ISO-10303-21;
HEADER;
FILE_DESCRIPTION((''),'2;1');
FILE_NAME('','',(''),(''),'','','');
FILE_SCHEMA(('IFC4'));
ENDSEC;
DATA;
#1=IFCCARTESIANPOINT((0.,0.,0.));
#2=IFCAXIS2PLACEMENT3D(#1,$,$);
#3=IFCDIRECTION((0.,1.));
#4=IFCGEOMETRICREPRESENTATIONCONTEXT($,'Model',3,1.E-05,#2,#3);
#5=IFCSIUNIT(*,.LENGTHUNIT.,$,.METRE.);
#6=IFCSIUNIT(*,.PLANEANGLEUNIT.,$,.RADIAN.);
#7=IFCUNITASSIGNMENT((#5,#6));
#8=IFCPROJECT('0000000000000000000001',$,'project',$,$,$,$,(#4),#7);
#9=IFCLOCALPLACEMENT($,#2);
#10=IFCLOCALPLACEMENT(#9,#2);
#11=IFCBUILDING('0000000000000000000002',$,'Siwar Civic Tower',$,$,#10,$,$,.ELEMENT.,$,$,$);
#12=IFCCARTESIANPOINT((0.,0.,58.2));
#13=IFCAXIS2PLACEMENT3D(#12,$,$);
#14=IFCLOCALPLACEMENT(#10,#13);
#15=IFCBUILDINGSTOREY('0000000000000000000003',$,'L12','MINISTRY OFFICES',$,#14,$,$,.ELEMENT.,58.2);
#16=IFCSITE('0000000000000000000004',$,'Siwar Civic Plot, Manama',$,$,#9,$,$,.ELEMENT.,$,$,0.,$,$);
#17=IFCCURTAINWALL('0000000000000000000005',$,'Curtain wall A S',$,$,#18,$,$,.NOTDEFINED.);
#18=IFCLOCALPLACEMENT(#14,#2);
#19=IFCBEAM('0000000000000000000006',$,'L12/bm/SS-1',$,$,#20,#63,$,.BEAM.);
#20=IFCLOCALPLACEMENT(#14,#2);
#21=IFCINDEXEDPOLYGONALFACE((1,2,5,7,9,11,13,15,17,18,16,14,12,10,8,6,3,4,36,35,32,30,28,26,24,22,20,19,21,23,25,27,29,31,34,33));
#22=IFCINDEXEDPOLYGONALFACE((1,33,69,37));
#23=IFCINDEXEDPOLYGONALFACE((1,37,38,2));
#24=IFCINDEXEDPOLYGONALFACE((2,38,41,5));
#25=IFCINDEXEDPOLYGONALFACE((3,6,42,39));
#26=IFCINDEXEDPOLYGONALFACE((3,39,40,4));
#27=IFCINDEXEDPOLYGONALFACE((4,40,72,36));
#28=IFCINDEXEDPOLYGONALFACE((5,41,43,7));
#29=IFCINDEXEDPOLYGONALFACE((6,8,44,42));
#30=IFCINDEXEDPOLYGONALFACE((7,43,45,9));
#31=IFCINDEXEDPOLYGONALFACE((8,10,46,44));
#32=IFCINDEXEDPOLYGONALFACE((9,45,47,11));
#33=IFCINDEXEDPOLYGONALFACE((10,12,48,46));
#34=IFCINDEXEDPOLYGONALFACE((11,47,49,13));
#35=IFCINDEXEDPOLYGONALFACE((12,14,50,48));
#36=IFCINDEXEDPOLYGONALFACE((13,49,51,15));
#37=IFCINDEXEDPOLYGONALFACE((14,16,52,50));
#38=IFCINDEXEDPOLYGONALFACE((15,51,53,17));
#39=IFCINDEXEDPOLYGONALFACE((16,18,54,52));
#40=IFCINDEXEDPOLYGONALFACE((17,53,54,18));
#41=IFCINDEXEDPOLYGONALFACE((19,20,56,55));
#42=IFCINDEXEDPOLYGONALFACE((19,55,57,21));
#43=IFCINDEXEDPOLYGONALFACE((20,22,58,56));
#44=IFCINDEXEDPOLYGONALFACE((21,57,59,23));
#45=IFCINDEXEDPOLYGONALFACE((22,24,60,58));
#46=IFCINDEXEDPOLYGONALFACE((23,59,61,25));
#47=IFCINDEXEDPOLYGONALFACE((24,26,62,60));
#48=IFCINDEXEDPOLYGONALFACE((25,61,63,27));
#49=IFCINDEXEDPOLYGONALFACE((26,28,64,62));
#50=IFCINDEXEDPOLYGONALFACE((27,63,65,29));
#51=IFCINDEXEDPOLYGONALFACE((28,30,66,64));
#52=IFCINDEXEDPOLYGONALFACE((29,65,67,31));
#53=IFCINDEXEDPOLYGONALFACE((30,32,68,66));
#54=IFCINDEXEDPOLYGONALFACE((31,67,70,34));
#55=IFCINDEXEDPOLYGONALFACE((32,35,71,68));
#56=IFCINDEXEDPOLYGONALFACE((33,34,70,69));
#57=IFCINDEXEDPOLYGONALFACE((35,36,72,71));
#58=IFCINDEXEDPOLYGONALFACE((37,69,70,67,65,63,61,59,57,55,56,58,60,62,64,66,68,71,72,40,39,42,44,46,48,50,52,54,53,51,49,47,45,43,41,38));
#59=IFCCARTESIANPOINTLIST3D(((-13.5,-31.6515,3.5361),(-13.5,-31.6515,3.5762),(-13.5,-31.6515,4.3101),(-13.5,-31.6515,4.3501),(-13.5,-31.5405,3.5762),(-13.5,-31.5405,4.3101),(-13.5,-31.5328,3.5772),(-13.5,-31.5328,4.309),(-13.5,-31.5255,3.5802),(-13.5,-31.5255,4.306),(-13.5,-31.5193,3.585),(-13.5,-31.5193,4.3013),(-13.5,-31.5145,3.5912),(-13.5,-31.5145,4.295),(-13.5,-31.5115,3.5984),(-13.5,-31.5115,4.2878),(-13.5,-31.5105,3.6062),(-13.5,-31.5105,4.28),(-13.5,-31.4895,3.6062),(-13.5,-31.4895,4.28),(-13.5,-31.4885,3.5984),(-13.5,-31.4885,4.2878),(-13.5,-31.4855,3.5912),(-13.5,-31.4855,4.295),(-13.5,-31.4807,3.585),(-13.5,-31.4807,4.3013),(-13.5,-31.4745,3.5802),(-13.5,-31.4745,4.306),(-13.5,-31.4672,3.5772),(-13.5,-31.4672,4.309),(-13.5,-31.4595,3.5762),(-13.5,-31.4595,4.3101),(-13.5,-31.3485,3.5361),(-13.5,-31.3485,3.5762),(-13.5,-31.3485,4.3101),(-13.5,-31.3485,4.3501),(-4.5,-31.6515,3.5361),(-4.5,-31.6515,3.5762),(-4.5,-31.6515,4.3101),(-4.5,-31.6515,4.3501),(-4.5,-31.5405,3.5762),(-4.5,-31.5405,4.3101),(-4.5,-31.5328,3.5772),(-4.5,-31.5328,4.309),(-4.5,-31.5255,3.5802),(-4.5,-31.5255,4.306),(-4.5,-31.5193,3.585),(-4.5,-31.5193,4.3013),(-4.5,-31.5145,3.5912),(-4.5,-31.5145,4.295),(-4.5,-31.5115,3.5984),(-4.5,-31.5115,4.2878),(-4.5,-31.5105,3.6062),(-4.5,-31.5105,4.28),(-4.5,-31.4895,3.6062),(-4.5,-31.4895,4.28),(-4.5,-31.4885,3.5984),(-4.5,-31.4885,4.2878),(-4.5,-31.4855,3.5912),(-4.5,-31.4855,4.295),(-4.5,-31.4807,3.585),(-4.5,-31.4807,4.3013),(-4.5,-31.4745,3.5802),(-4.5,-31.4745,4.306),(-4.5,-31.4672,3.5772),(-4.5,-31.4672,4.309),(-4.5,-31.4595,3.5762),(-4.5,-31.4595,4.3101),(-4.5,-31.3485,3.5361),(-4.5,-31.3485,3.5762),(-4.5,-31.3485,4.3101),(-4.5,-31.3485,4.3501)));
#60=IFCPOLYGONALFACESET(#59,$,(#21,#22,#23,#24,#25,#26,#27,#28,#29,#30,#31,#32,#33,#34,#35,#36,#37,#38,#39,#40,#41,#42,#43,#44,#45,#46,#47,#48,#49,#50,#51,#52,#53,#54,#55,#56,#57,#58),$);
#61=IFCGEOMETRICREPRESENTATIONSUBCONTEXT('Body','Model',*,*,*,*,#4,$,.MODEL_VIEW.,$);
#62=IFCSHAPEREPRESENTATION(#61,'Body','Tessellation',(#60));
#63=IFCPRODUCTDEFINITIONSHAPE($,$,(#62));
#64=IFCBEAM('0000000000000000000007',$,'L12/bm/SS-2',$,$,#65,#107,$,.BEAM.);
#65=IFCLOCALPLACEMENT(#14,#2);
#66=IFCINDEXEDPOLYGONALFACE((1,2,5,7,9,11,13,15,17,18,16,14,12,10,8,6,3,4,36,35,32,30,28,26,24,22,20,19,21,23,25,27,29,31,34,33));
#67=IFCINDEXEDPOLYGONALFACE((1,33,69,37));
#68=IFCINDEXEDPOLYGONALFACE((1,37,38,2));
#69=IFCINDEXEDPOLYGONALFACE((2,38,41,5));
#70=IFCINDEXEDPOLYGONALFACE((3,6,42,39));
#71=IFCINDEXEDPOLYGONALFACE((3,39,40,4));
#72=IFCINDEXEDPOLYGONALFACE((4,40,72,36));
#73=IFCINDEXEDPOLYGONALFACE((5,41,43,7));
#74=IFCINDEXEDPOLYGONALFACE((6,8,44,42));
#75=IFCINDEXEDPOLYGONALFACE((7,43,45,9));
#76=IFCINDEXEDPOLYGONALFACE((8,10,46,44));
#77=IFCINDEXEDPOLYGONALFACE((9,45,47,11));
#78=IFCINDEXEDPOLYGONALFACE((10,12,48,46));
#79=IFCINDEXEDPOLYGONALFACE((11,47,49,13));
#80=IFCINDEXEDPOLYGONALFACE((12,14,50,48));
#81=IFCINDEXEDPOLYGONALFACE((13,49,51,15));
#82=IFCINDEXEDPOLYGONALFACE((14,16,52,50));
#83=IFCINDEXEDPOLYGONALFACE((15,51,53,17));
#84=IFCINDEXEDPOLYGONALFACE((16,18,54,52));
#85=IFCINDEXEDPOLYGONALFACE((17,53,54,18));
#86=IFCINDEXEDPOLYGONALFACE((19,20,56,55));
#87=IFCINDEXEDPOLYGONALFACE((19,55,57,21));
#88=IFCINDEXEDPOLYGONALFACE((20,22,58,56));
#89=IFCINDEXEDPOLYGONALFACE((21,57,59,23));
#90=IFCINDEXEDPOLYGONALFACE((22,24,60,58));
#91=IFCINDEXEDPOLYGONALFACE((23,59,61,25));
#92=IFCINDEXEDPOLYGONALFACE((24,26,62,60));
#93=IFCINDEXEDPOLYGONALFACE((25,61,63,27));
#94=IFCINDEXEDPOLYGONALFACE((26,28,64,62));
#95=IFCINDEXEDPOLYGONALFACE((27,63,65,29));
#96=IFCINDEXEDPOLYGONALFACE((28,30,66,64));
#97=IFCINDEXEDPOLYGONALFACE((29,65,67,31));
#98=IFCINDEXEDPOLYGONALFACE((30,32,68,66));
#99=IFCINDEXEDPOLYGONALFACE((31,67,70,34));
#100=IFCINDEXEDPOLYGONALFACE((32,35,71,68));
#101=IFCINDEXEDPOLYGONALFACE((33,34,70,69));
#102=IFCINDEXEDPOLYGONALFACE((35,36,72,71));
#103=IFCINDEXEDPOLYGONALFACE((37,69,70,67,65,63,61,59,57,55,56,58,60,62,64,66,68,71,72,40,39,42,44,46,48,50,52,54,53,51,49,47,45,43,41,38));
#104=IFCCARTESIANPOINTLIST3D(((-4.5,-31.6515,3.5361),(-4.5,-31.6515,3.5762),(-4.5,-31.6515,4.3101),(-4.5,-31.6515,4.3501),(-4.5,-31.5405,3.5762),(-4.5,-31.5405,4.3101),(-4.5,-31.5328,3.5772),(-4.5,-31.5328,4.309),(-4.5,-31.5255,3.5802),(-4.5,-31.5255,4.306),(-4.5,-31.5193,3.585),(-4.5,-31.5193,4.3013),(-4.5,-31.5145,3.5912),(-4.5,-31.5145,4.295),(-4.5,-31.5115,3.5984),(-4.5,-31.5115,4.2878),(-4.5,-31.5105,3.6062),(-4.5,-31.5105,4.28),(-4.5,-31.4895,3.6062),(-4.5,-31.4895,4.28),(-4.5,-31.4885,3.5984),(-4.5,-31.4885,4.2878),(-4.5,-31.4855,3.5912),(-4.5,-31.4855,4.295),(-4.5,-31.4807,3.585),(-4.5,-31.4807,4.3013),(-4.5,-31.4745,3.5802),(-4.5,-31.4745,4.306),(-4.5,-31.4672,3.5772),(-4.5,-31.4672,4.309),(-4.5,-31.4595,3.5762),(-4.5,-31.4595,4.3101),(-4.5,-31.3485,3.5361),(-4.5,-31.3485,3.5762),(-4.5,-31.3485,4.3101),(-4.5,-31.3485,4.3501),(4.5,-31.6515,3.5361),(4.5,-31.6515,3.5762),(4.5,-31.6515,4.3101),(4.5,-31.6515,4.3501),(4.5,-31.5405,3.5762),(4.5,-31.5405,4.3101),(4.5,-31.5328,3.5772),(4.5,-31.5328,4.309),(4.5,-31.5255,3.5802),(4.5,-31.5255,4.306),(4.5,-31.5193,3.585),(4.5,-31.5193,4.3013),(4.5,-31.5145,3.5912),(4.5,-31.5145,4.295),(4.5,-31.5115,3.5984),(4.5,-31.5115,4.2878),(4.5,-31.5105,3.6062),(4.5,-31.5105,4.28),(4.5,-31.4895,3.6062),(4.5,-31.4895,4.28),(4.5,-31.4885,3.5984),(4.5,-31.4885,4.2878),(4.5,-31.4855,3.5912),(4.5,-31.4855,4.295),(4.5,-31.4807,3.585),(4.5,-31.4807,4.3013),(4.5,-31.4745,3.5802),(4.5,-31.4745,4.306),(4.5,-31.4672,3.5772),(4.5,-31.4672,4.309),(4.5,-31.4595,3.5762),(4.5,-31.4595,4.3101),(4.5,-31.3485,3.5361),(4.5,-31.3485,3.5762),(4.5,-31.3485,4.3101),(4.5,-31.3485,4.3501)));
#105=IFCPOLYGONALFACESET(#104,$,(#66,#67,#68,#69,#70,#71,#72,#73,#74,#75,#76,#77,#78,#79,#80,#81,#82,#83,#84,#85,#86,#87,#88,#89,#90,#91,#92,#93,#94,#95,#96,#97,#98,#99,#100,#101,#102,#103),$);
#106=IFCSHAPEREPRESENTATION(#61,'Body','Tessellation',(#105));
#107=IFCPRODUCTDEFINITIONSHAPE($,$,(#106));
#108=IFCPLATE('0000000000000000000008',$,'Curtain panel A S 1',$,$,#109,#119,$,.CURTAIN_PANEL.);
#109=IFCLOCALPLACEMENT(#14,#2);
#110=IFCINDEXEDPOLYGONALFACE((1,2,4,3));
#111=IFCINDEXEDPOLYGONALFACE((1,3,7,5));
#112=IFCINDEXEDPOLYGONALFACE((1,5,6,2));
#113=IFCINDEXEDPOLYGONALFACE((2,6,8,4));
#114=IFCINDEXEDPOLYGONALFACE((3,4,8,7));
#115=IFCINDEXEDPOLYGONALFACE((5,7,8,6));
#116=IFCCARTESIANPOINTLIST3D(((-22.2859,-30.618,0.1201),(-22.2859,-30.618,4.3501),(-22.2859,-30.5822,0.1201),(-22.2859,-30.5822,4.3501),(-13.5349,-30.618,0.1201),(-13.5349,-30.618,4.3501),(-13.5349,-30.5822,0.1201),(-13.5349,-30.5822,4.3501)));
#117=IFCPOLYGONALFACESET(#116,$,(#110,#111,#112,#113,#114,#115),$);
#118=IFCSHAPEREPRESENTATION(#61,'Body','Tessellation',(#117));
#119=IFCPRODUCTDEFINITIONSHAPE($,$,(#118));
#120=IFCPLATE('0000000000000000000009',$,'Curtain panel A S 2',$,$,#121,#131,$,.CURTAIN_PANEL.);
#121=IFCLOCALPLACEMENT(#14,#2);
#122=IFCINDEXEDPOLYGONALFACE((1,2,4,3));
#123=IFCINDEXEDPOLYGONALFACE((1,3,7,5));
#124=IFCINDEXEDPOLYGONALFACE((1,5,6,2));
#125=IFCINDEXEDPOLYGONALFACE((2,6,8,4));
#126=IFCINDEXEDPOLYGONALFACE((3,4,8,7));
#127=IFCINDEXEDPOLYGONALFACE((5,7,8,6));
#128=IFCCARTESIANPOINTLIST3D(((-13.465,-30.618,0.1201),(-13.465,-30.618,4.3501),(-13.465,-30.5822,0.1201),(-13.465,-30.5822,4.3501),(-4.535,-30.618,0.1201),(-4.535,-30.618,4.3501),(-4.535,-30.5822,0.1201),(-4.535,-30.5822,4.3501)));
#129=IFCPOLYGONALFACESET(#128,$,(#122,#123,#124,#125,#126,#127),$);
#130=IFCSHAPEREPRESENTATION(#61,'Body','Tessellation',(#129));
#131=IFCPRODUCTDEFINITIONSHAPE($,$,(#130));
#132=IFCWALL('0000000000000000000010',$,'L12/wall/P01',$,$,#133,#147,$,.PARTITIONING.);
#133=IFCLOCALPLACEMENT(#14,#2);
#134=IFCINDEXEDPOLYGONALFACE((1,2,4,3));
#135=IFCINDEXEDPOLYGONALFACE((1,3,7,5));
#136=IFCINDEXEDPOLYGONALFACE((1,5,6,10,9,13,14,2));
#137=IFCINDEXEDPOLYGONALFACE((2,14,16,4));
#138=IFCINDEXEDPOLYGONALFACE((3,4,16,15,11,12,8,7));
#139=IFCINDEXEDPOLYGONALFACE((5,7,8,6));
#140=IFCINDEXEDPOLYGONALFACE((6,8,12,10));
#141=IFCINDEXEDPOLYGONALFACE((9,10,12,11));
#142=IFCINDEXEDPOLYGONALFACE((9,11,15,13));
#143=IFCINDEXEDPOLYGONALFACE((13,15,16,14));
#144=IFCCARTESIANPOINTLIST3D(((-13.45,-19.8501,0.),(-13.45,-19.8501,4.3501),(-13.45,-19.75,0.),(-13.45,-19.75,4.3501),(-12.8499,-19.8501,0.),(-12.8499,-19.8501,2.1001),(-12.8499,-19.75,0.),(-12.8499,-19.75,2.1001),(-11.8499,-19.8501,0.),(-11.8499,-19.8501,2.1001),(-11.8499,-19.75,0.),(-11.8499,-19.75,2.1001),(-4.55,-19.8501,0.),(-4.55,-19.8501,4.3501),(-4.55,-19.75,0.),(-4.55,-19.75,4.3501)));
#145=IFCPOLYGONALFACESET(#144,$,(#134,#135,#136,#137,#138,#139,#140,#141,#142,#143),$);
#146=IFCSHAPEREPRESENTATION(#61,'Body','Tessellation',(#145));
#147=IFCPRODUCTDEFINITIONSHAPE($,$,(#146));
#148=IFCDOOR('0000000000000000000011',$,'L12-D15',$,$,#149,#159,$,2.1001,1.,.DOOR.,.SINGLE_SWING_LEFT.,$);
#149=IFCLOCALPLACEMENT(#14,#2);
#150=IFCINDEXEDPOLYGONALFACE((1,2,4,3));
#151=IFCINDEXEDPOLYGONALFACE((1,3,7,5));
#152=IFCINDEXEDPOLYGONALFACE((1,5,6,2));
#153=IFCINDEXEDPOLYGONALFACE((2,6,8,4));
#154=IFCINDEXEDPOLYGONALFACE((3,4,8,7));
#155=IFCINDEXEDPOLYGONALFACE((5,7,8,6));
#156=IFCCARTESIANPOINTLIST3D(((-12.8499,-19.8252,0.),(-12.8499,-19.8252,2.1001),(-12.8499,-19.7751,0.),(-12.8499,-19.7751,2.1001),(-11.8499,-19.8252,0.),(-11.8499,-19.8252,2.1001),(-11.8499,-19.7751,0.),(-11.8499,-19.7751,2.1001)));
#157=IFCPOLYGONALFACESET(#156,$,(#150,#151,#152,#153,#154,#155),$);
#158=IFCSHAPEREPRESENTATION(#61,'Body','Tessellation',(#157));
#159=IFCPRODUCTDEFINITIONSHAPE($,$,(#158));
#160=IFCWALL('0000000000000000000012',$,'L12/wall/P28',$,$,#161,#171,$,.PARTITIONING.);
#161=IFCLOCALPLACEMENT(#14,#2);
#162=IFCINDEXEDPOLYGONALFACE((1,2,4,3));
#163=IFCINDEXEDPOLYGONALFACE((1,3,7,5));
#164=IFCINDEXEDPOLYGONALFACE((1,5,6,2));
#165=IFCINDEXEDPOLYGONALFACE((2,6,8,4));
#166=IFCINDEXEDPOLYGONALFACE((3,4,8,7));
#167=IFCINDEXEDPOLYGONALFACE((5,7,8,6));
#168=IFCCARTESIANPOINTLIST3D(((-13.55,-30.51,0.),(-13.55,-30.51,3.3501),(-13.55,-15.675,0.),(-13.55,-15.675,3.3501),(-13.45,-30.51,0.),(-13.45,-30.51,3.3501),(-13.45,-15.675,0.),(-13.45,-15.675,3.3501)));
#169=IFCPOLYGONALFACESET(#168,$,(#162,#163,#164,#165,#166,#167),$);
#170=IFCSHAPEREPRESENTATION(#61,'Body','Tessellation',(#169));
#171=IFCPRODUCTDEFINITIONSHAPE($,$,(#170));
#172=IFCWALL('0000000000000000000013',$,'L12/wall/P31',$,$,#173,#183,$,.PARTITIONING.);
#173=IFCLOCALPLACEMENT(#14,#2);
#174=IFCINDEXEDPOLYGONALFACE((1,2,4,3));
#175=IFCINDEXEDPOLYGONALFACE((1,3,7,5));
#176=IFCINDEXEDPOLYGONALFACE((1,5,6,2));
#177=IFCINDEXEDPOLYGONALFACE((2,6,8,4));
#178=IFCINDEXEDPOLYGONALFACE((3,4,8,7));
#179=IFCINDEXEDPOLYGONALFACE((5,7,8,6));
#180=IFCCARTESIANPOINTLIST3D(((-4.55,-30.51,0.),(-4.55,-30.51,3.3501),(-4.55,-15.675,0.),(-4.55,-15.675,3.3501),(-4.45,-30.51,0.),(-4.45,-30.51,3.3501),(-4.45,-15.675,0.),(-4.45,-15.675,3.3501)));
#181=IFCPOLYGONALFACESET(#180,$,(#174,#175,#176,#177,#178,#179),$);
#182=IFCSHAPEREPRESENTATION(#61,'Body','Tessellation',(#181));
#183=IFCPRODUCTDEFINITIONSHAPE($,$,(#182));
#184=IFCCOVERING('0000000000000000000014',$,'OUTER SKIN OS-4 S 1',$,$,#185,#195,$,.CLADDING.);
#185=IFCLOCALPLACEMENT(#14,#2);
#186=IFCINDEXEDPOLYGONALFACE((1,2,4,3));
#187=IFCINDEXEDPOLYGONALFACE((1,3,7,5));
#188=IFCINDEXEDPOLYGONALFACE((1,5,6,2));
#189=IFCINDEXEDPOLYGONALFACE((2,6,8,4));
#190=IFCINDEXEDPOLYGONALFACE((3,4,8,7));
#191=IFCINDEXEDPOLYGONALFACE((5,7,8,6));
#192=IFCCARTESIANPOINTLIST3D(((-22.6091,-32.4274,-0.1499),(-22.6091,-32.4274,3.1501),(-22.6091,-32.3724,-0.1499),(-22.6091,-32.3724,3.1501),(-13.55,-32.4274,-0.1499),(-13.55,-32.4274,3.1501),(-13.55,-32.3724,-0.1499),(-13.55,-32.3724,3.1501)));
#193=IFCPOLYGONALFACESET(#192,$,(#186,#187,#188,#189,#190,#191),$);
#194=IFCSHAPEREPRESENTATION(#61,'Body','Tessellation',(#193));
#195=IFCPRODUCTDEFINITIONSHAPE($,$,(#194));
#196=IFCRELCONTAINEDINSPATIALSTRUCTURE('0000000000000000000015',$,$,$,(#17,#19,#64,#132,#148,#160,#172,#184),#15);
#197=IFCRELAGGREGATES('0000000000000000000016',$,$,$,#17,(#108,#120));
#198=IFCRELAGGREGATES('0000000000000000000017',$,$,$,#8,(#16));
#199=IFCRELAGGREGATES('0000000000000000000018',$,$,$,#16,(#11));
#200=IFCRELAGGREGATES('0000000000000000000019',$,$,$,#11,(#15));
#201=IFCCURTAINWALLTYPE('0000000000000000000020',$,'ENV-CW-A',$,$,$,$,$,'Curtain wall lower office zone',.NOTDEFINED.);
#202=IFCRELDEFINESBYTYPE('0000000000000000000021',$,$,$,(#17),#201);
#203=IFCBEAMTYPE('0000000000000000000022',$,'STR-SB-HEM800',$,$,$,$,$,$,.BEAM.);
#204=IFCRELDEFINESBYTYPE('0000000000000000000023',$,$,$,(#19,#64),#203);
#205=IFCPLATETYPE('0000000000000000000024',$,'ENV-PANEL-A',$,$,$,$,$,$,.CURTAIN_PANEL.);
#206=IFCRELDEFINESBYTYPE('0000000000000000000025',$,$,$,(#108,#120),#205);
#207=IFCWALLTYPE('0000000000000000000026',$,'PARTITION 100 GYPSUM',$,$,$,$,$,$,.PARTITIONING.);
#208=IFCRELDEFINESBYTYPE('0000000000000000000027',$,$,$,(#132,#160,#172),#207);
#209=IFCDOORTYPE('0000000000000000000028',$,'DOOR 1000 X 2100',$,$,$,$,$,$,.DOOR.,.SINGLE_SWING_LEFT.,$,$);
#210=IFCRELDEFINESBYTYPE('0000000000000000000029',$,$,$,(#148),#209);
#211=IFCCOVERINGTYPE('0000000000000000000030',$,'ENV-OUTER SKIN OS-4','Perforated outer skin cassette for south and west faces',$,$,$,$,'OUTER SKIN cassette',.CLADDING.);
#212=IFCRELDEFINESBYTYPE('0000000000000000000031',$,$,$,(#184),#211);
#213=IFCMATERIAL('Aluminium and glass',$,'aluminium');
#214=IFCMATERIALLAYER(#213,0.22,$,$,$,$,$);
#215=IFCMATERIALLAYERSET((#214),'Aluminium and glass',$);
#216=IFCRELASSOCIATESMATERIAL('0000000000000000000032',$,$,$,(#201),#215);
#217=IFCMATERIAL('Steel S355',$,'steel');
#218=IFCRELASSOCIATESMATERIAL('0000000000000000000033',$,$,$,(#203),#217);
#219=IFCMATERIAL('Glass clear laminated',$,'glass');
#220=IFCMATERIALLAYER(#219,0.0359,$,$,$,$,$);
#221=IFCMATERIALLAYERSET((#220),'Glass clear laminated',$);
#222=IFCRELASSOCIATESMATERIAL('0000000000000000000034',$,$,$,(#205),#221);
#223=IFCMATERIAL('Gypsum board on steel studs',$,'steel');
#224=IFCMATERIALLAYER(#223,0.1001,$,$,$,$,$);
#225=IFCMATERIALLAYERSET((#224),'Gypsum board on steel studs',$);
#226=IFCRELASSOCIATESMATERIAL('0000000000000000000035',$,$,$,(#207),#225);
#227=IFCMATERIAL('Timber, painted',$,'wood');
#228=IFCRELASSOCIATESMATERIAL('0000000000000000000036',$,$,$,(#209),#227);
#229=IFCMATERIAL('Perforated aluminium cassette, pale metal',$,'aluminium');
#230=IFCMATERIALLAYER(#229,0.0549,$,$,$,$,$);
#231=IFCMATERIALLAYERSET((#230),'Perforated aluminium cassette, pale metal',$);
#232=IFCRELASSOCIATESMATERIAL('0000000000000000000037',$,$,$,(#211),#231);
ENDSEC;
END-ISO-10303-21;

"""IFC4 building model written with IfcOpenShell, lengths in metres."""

from ifc_helpers import new_model, si_unit, direction, frame, frame_2d, origin, origin_2d, place, context, subcontext, project, spatial, rectangle, i_section, extrude, material, layer, layer_set, material_profile, profile_set, type_object, element, fill, aggregate, save


model = new_model("IFC4")

# Units and contexts
model_context = context("Model", 3, precision=1e-05, world=origin(), true_north=direction((0.0, 1.0)))
body_context = subcontext(model_context, "Body", "Model", "MODEL_VIEW")
ifc_project = project(units=[si_unit("LENGTHUNIT", "METRE"), si_unit("PLANEANGLEUNIT", "RADIAN")], contexts=[model_context])

# Site, building, storey
site_placement = place(None, origin())
site = spatial("IfcSite", under=ifc_project, at=site_placement, Name="Siwar Civic Plot, Manama", CompositionType="ELEMENT", RefElevation=0.0)
building_placement = place(site_placement, origin())
building = spatial("IfcBuilding", under=site, at=building_placement, Name="Siwar Civic Tower", CompositionType="ELEMENT")
storey_placement = place(building_placement, frame((0.0, 0.0, 58.2)))
storey = spatial("IfcBuildingStorey", under=building, at=storey_placement, Name="L12", Description="MINISTRY OFFICES", CompositionType="ELEMENT", Elevation=58.2)

# Curtain wall
ifc_material_1 = material(Name="Aluminium and glass", Category="aluminium")
ifc_layer_1 = layer(ifc_material_1, 0.22)
ifc_layer_set_1 = layer_set([ifc_layer_1], Name="Aluminium and glass")
curtain_wall_type = type_object("IfcCurtainWallType", Name="ENV-CW-A", ElementType="Curtain wall lower office zone", PredefinedType="NOTDEFINED", material=ifc_layer_set_1)
curtain_wall_placement = place(storey_placement, origin())
curtain_wall = element("IfcCurtainWall", 1, at=curtain_wall_placement, inside=storey, type_object=curtain_wall_type, Name="Curtain wall A S", PredefinedType="NOTDEFINED")

# Beams
ifc_material_2 = material(Name="Steel S355", Category="steel")
ifc_material_profile_1 = material_profile(ifc_material_2, i_section(OverallWidth=0.303, OverallDepth=0.814, WebThickness=0.021, FlangeThickness=0.04, FilletRadius=0.03, at=origin_2d()), Name="HEM800")
ifc_profile_set_1 = profile_set([ifc_material_profile_1], Name="Steel S355")
beam_type_1 = type_object("IfcBeamType", Name="STR-SB-HEM800", PredefinedType="BEAM", material=ifc_profile_set_1)
for number, where, z_axis, x_axis, name in (
    (2, (-13.5, -31.5, 3.9431), (1.0, 0.0, 0.0), (0.0, 1.0, 0.0), "L12/bm/SS-1"),
    (3, (-4.5, -31.5, 3.9431), (1.0, 0.0, 0.0), (0.0, 1.0, 0.0), "L12/bm/SS-2"),
):
    element("IfcBeam", number, at=place(storey_placement, frame(where, z_axis=z_axis, x_axis=x_axis)), inside=storey, type_object=beam_type_1, Name=name, PredefinedType="BEAM", context=body_context, shape_type="SweptSolid", body=[
        extrude(i_section(OverallWidth=0.303, OverallDepth=0.814, WebThickness=0.021, FlangeThickness=0.04, FilletRadius=0.03, at=origin_2d()), origin(), (0.0, 0.0, 1.0), 9.0),
    ])

# Plates
ifc_material_3 = material(Name="Glass clear laminated", Category="glass")
ifc_layer_2 = layer(ifc_material_3, 0.0359)
ifc_layer_set_2 = layer_set([ifc_layer_2], Name="Glass clear laminated")
plate_type = type_object("IfcPlateType", Name="ENV-PANEL-A", PredefinedType="CURTAIN_PANEL", material=ifc_layer_set_2)
plate_1_placement = place(storey_placement, frame((-17.9104, -30.6001, 0.1201), z_axis=(0.0, 0.0, 1.0), x_axis=(1.0, 0.0, 0.0)))
plate_1 = element("IfcPlate", 4, at=plate_1_placement, type_object=plate_type, Name="Curtain panel A S 1", PredefinedType="CURTAIN_PANEL", context=body_context, shape_type="SweptSolid", body=[
    extrude(rectangle(XDim=8.751, YDim=0.0359, at=origin_2d()), origin(), (0.0, 0.0, 1.0), 4.23),
])
plate_2_placement = place(storey_placement, frame((-9.0, -30.6001, 0.1201), z_axis=(0.0, 0.0, 1.0), x_axis=(1.0, 0.0, 0.0)))
plate_2 = element("IfcPlate", 5, at=plate_2_placement, type_object=plate_type, Name="Curtain panel A S 2", PredefinedType="CURTAIN_PANEL", context=body_context, shape_type="SweptSolid", body=[
    extrude(rectangle(XDim=8.9299, YDim=0.0359, at=origin_2d()), origin(), (0.0, 0.0, 1.0), 4.23),
])
aggregate(curtain_wall, [plate_1, plate_2])

# Wall, opening, door
ifc_material_4 = material(Name="Gypsum board on steel studs", Category="steel")
ifc_layer_3 = layer(ifc_material_4, 0.1001)
ifc_layer_set_3 = layer_set([ifc_layer_3], Name="Gypsum board on steel studs")
wall_type = type_object("IfcWallType", Name="PARTITION 100 GYPSUM", PredefinedType="PARTITIONING", material=ifc_layer_set_3)
wall_placement = place(storey_placement, frame((-13.45, -19.8, 0.0), z_axis=(0.0, 0.0, 1.0), x_axis=(1.0, 0.0, 0.0)))
wall = element("IfcWall", 6, at=wall_placement, inside=storey, type_object=wall_type, Name="L12/wall/P01", PredefinedType="PARTITIONING", context=body_context, shape_type="SweptSolid", body=[
    extrude(rectangle(XDim=8.8999, YDim=0.1001, at=frame_2d((4.45, 0.0))), origin(), (0.0, 0.0, 1.0), 4.3501),
])
opening_placement = place(wall_placement, frame((0.6001, 0.0, 0.0)))
opening = element("IfcOpeningElement", 7, at=opening_placement, cuts=wall, PredefinedType="OPENING", context=body_context, shape_type="SweptSolid", body=[
    extrude(rectangle(XDim=1.0, YDim=2.1001, at=frame_2d((0.5, 1.05))), frame((0.0, 0.0601, 0.0), z_axis=(0.0, -1.0, 0.0), x_axis=(1.0, 0.0, 0.0)), (0.0, 0.0, 1.0), 0.1201),
])
ifc_material_5 = material(Name="Timber, painted", Category="wood")
door_type = type_object("IfcDoorType", Name="DOOR 1000 X 2100", OperationType="SINGLE_SWING_LEFT", PredefinedType="DOOR", material=ifc_material_5)
door_placement = place(opening_placement, origin())
door = element("IfcDoor", 8, at=door_placement, inside=storey, type_object=door_type, Name="L12-D15", OperationType="SINGLE_SWING_LEFT", OverallHeight=2.1001, OverallWidth=1.0, PredefinedType="DOOR", context=body_context, shape_type="SweptSolid", body=[
    extrude(rectangle(XDim=1.0, YDim=2.1001, at=frame_2d((0.5, 1.05))), frame((0.0, 0.0249, 0.0), z_axis=(0.0, -1.0, 0.0), x_axis=(1.0, 0.0, 0.0)), (0.0, 0.0, 1.0), 0.05),
])
fill(opening, door)

# Walls
for number, where, z_axis, x_axis, name in (
    (9, (-13.5, -30.51, 0.0), (0.0, 0.0, 1.0), (0.0, 1.0, 0.0), "L12/wall/P28"),
    (10, (-4.5, -30.51, 0.0), (0.0, 0.0, 1.0), (0.0, 1.0, 0.0), "L12/wall/P31"),
):
    element("IfcWall", number, at=place(storey_placement, frame(where, z_axis=z_axis, x_axis=x_axis)), inside=storey, type_object=wall_type, Name=name, PredefinedType="PARTITIONING", context=body_context, shape_type="SweptSolid", body=[
        extrude(rectangle(XDim=14.835, YDim=0.1001, at=frame_2d((7.4175, 0.0))), origin(), (0.0, 0.0, 1.0), 3.3501),
    ])

# Covering
ifc_material_6 = material(Name="Perforated aluminium cassette, pale metal", Category="aluminium")
ifc_layer_4 = layer(ifc_material_6, 0.0549)
ifc_layer_set_4 = layer_set([ifc_layer_4], Name="Perforated aluminium cassette, pale metal")
covering_type = type_object("IfcCoveringType", Name="ENV-OUTER SKIN OS-4", Description="Perforated outer skin cassette for south and west faces", ElementType="OUTER SKIN cassette", PredefinedType="CLADDING", material=ifc_layer_set_4)
covering_1_placement = place(storey_placement, frame((-18.0796, -32.3999, -0.1499), z_axis=(0.0, 0.0, 1.0), x_axis=(1.0, 0.0, 0.0)))
element("IfcCovering", 11, at=covering_1_placement, inside=storey, type_object=covering_type, Name="OUTER SKIN OS-4 S 1", PredefinedType="CLADDING", context=body_context, shape_type="SweptSolid", body=[
    extrude(rectangle(XDim=9.0591, YDim=0.0549, at=origin_2d()), origin(), (0.0, 0.0, 1.0), 3.3),
])

save(model, "model.ifc")
